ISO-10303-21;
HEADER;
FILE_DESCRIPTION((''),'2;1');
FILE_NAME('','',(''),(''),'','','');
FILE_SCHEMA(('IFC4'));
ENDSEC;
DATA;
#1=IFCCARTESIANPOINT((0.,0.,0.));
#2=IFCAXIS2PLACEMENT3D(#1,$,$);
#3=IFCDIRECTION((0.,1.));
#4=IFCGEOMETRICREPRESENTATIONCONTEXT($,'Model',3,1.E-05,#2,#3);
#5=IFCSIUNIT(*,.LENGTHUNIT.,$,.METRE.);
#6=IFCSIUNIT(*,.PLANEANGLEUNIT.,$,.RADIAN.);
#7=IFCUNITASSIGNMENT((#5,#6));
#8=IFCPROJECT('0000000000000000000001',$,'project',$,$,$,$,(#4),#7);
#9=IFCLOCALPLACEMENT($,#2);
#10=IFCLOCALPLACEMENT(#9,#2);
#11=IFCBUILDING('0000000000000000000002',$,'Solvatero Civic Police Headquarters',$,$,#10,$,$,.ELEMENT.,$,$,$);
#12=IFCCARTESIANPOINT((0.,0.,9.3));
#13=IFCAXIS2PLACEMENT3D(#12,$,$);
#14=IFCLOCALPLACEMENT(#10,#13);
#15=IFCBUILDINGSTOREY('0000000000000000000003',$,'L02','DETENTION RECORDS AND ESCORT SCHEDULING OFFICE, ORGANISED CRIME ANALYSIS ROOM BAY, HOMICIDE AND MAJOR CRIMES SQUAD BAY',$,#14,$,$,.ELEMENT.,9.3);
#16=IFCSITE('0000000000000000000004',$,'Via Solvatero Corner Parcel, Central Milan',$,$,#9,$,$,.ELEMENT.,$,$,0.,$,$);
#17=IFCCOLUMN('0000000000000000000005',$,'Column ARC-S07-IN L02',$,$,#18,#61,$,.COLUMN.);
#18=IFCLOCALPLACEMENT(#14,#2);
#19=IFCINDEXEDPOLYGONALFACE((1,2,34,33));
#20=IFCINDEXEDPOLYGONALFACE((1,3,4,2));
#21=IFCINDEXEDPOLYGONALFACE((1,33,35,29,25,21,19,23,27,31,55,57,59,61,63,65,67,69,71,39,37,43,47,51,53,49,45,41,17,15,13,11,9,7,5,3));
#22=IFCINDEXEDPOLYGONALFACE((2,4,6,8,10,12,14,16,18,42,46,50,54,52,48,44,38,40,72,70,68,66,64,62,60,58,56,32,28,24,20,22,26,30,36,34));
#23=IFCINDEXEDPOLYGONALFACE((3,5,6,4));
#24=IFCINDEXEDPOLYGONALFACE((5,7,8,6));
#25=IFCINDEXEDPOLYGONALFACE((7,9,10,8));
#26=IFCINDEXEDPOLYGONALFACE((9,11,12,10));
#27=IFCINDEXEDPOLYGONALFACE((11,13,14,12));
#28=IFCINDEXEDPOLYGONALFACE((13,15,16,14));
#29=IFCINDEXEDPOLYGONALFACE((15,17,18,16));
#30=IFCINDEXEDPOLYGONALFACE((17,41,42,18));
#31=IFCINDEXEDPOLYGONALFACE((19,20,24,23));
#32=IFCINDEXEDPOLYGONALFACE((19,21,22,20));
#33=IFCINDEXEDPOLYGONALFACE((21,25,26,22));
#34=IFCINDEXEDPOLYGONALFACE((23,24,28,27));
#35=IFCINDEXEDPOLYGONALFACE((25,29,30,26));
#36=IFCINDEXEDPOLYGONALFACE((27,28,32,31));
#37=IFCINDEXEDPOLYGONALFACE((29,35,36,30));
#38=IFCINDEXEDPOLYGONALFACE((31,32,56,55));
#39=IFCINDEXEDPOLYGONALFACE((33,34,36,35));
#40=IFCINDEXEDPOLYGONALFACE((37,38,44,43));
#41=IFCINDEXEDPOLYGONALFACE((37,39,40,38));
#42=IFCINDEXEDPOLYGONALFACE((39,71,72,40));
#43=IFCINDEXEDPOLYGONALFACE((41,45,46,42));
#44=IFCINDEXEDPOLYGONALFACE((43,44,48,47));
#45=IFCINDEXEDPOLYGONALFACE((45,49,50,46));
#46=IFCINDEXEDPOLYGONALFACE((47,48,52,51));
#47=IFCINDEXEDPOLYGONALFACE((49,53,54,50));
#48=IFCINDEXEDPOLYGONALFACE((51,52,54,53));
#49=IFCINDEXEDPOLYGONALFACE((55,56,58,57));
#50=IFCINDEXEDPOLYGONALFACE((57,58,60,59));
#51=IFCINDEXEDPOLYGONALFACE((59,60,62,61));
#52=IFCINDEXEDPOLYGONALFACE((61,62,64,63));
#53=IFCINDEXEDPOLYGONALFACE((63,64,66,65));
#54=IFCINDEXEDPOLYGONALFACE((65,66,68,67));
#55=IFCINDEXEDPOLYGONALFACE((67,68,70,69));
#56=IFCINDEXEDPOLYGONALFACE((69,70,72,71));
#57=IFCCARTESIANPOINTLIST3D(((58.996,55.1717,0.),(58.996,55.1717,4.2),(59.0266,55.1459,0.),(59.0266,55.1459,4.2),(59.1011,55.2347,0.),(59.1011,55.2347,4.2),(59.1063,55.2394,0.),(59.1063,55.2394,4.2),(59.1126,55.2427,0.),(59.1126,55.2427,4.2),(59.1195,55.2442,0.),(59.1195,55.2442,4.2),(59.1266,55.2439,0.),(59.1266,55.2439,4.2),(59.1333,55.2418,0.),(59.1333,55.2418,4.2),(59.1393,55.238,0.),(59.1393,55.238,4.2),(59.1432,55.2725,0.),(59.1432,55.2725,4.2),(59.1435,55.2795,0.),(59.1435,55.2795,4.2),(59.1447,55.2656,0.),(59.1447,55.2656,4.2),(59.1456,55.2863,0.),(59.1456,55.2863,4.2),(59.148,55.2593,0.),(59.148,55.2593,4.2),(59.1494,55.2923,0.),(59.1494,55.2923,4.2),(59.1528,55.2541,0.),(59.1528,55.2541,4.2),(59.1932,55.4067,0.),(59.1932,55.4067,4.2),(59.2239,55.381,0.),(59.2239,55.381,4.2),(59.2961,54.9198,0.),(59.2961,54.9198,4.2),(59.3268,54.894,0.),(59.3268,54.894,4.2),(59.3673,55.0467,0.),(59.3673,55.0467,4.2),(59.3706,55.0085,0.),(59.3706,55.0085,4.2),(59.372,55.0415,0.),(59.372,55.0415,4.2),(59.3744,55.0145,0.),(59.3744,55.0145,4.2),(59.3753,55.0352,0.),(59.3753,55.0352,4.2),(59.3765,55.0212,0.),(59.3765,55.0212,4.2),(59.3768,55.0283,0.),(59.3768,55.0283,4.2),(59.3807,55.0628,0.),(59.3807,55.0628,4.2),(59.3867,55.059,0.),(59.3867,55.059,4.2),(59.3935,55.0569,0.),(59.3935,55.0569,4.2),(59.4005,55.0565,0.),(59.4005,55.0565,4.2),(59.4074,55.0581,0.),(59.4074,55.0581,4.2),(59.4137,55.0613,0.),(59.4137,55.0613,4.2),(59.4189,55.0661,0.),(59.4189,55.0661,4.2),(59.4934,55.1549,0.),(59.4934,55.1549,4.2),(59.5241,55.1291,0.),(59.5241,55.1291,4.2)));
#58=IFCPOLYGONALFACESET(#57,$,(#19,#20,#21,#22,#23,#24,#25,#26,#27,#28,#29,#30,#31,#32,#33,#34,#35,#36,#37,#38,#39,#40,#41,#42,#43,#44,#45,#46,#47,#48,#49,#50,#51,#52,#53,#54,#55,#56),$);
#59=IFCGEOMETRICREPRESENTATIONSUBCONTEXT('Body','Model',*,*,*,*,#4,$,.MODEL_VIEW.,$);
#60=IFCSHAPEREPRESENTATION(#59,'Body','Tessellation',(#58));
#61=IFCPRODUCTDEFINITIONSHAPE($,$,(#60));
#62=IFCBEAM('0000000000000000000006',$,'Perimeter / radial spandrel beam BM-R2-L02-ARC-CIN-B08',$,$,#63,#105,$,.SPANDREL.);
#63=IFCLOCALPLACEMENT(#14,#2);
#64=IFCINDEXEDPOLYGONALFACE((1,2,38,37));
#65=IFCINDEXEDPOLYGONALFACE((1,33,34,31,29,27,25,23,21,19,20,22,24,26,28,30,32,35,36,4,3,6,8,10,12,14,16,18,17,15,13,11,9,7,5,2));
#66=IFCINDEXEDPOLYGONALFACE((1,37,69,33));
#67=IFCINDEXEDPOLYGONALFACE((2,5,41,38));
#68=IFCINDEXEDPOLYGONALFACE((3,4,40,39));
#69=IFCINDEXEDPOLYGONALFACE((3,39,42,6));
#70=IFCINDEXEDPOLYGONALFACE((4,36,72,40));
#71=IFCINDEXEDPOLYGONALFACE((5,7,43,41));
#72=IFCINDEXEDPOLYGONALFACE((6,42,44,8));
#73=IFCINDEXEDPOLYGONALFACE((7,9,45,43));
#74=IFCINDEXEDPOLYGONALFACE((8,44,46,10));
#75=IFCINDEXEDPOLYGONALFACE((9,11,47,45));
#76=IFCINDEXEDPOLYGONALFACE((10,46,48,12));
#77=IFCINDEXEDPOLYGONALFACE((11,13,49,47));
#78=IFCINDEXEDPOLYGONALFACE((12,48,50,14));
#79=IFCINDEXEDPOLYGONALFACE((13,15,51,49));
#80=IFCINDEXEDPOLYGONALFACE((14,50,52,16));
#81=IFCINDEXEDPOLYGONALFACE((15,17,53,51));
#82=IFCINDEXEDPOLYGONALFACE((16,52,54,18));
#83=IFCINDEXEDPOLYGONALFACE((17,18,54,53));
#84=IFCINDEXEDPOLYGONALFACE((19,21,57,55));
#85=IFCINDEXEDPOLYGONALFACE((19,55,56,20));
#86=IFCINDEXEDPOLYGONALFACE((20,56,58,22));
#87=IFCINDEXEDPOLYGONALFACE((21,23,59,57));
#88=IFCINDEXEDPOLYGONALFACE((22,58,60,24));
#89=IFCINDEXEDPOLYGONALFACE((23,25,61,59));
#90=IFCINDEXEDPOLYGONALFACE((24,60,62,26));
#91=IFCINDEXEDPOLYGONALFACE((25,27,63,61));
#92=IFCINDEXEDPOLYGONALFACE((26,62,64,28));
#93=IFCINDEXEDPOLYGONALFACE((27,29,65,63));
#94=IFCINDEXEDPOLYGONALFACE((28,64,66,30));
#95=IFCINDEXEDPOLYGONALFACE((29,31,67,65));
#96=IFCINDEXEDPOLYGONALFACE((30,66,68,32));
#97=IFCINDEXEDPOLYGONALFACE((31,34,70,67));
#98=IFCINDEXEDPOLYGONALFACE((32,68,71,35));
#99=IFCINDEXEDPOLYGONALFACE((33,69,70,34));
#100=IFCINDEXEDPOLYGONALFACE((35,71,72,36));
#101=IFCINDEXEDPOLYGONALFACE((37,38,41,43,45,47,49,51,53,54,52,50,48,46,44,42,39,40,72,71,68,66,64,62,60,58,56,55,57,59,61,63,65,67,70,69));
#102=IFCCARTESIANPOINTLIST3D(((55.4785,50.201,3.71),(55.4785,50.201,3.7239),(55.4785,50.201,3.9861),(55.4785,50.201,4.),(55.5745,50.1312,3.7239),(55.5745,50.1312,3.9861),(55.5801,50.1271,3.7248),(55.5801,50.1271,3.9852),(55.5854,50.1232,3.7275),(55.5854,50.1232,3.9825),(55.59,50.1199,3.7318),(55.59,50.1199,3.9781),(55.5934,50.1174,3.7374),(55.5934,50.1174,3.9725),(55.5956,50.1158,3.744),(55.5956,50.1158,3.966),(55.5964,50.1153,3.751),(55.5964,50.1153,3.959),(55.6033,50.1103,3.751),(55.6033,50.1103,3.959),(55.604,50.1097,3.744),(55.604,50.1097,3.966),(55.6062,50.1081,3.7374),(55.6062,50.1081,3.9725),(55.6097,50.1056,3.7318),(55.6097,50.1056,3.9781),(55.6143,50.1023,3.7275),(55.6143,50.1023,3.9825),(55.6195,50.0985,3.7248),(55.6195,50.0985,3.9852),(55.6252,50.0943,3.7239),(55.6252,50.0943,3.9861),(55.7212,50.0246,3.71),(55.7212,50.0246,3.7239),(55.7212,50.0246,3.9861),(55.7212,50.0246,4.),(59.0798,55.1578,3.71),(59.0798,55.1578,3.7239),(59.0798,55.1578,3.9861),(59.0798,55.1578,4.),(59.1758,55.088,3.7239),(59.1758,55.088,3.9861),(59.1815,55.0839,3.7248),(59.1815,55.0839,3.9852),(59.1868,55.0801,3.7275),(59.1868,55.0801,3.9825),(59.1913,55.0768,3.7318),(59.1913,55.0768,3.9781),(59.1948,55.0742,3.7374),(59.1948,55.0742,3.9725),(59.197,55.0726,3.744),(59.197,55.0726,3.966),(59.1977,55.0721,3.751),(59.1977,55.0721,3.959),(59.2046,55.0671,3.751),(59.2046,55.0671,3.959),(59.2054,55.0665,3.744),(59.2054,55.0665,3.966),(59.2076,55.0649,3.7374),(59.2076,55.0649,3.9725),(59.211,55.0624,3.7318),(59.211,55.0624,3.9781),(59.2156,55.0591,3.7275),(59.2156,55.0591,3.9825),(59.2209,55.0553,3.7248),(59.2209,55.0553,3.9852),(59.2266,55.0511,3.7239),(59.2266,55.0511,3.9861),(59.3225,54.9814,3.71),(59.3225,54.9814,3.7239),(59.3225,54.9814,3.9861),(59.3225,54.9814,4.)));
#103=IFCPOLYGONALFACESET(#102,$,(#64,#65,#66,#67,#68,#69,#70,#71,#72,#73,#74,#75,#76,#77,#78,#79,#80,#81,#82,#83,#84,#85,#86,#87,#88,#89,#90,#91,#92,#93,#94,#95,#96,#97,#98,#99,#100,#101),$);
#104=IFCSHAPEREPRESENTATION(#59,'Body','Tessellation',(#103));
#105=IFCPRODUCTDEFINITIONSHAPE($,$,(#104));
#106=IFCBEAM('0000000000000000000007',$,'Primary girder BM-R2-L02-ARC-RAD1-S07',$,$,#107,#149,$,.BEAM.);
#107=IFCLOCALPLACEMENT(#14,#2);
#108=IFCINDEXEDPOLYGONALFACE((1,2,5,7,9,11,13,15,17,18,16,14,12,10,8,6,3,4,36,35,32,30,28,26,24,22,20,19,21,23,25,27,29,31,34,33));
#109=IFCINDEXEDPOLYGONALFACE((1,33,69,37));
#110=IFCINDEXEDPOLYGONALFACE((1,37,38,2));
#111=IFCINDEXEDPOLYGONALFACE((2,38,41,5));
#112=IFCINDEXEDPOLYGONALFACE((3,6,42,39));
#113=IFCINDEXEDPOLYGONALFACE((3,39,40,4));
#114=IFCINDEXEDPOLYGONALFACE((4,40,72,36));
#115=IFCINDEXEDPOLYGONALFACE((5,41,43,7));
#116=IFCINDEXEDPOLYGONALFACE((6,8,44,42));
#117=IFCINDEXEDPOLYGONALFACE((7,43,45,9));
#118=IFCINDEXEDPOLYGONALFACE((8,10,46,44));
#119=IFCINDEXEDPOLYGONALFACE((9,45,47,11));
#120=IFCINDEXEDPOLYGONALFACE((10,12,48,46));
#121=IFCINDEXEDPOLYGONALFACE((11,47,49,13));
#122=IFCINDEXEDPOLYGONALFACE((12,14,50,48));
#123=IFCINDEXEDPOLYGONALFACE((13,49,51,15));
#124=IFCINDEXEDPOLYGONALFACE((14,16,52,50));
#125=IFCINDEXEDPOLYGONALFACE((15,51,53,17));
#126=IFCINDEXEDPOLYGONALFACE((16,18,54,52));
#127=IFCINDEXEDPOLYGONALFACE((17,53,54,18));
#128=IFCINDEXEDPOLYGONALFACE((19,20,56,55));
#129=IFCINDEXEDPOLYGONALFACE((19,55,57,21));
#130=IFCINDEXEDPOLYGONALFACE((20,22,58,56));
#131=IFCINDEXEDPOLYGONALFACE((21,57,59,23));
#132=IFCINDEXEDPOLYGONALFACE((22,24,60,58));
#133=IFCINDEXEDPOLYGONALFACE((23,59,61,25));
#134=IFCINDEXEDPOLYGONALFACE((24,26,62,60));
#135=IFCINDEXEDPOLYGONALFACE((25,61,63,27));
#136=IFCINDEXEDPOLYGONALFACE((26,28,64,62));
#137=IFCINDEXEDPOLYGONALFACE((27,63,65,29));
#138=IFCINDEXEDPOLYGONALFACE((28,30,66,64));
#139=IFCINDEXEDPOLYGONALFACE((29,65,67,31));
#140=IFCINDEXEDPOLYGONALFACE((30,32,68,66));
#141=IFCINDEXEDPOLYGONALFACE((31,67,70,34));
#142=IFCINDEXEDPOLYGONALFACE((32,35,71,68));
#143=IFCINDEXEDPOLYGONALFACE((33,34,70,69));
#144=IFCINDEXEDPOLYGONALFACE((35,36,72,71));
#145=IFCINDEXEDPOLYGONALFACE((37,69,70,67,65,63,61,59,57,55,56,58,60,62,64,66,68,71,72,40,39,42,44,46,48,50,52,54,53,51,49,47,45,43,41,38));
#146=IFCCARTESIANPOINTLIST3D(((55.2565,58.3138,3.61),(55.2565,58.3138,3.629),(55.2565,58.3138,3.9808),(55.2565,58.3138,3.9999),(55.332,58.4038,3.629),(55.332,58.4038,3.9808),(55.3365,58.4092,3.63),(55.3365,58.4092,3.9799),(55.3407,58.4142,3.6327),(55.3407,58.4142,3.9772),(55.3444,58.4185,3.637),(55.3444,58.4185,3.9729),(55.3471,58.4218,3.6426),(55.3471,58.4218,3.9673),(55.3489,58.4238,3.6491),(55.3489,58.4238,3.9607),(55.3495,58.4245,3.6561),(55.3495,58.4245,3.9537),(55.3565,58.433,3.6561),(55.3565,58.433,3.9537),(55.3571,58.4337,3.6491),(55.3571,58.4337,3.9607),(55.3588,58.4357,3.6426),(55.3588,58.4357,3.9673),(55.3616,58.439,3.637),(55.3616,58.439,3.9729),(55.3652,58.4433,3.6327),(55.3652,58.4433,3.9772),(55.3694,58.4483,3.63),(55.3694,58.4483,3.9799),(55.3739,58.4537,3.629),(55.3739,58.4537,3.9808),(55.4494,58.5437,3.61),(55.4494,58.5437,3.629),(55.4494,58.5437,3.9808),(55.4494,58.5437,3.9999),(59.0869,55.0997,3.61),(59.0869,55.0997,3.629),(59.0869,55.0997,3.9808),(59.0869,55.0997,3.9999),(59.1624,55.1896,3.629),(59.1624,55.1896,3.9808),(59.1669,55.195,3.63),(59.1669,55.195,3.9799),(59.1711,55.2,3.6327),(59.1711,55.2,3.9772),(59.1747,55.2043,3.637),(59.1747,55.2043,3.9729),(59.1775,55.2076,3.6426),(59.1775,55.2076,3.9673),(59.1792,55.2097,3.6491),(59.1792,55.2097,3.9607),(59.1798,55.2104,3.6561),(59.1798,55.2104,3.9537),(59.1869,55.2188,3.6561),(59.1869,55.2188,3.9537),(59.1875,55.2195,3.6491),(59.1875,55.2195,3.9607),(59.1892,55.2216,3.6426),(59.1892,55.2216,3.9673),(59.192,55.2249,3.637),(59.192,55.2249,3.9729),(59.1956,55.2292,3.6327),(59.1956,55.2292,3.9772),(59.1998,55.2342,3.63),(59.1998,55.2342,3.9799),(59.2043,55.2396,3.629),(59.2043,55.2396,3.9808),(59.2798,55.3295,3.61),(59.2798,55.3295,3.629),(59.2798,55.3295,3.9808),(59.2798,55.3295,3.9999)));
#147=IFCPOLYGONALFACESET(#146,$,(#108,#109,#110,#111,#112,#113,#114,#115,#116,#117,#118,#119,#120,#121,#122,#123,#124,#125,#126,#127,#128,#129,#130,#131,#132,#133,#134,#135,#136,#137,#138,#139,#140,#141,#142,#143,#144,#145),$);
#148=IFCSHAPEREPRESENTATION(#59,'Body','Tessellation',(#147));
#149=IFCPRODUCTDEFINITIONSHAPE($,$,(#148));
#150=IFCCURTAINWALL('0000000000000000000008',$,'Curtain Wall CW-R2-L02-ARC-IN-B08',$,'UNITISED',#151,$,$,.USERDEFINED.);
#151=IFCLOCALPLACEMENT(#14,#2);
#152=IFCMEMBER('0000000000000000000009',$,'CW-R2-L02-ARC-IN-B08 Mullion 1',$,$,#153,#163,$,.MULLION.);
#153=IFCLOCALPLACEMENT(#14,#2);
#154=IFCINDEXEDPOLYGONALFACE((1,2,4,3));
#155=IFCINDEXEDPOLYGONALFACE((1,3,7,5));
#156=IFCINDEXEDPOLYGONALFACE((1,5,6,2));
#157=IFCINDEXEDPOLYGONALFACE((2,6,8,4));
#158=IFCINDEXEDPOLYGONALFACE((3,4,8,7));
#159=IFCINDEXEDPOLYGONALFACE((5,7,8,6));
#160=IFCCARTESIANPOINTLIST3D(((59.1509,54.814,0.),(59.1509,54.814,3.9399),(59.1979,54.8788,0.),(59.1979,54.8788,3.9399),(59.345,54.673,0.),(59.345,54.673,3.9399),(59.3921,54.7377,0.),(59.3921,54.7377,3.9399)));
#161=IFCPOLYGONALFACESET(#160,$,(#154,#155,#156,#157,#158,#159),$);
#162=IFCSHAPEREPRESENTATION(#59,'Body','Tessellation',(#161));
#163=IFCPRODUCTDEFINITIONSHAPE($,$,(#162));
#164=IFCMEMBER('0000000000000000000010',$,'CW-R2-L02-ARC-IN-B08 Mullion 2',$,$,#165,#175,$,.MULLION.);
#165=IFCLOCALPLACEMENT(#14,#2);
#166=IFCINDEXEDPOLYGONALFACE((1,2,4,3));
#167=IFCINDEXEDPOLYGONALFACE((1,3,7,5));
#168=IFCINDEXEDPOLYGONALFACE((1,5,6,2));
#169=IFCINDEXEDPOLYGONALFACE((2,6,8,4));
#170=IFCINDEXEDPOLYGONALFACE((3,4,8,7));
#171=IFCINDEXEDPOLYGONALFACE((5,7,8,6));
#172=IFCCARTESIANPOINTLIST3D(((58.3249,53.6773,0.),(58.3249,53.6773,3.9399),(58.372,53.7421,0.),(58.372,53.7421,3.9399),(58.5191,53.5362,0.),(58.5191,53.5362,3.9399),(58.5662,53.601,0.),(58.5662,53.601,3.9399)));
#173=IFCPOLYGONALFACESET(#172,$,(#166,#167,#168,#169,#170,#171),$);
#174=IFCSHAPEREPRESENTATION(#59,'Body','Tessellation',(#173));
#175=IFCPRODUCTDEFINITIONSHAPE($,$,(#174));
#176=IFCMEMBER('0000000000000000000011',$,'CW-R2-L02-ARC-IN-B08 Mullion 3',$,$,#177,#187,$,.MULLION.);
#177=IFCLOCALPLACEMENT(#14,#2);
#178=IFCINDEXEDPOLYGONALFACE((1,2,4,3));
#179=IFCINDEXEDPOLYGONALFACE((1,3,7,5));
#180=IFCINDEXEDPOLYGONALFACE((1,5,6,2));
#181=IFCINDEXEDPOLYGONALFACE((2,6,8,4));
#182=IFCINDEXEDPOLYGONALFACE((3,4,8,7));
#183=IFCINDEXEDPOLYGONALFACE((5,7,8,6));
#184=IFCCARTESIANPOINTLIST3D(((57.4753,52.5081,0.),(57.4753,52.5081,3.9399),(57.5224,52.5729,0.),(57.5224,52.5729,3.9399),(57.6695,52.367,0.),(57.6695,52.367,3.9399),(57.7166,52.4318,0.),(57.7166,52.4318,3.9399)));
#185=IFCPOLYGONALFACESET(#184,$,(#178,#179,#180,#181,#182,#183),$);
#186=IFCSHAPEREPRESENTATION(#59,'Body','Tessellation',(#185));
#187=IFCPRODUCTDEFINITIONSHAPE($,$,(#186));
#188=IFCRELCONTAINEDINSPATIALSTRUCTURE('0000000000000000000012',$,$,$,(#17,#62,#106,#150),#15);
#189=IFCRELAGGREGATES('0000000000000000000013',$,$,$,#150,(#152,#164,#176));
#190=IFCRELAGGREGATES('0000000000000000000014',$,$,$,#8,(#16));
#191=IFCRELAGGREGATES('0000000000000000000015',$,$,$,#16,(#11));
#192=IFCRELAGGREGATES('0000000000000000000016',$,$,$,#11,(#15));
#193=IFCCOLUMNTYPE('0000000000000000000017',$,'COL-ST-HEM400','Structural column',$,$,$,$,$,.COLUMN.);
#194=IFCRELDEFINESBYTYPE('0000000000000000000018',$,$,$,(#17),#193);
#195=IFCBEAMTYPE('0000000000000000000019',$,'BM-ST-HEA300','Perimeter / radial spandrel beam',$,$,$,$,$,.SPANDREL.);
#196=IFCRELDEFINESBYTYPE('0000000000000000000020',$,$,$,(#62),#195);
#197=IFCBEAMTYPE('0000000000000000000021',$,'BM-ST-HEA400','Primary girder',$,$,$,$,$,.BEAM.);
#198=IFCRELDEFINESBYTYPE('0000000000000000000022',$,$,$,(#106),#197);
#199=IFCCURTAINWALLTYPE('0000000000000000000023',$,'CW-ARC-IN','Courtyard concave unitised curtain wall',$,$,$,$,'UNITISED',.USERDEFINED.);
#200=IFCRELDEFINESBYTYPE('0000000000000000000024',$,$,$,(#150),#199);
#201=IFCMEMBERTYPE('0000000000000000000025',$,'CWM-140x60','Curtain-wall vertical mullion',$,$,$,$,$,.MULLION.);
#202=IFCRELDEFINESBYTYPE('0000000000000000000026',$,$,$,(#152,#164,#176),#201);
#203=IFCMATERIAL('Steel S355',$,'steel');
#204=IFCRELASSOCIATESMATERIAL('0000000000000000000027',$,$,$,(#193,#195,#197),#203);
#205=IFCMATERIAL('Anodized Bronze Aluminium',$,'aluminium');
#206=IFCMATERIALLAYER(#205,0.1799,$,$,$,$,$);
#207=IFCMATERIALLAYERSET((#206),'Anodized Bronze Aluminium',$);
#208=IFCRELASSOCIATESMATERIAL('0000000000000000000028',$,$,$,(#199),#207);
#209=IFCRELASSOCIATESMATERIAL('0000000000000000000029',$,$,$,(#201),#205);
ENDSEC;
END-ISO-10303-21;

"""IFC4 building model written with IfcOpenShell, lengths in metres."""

from ifc_helpers import new_model, si_unit, direction, frame, origin, origin_2d, place, context, subcontext, project, spatial, rectangle, i_section, extrude, material, layer, layer_set, material_profile, profile_set, type_object, element, aggregate, save


model = new_model("IFC4")

# Units and contexts
model_context = context("Model", 3, precision=1e-05, world=origin(), true_north=direction((0.0, 1.0)))
body_context = subcontext(model_context, "Body", "Model", "MODEL_VIEW")
ifc_project = project(units=[si_unit("LENGTHUNIT", "METRE"), si_unit("PLANEANGLEUNIT", "RADIAN")], contexts=[model_context])

# Site, building, storey
site_placement = place(None, origin())
site = spatial("IfcSite", under=ifc_project, at=site_placement, Name="Via Solvatero Corner Parcel, Central Milan", CompositionType="ELEMENT", RefElevation=0.0)
building_placement = place(site_placement, origin())
building = spatial("IfcBuilding", under=site, at=building_placement, Name="Solvatero Civic Police Headquarters", CompositionType="ELEMENT")
storey_placement = place(building_placement, frame((0.0, 0.0, 9.3)))
storey = spatial("IfcBuildingStorey", under=building, at=storey_placement, Name="L02", Description="DETENTION RECORDS AND ESCORT SCHEDULING OFFICE, ORGANISED CRIME ANALYSIS ROOM BAY, HOMICIDE AND MAJOR CRIMES SQUAD BAY", CompositionType="ELEMENT", Elevation=9.3)

# Column
ifc_material_1 = material(Name="Steel S355", Category="steel")
ifc_material_profile_1 = material_profile(ifc_material_1, i_section(OverallWidth=0.3069, OverallDepth=0.4319, WebThickness=0.021, FlangeThickness=0.04, FilletRadius=0.0271, at=origin_2d()), Name="HEM 400")
ifc_profile_set_1 = profile_set([ifc_material_profile_1], Name="Steel S355")
column_type = type_object("IfcColumnType", Name="COL-ST-HEM400", Description="Structural column", PredefinedType="COLUMN", material=ifc_profile_set_1)
column_placement = place(storey_placement, frame((59.26, 55.1504, 0.0), z_axis=(0.0, 0.0, 1.0), x_axis=(0.642788, 0.766044, 0.0)))
element("IfcColumn", 1, at=column_placement, inside=storey, type_object=column_type, Name="Column ARC-S07-IN L02", PredefinedType="COLUMN", context=body_context, shape_type="SweptSolid", body=[
    extrude(i_section(OverallWidth=0.3069, OverallDepth=0.4319, WebThickness=0.021, FlangeThickness=0.04, FilletRadius=0.0271, at=origin_2d()), origin(), (0.0, 0.0, 1.0), 4.2),
])

# Beams
ifc_material_profile_2 = material_profile(ifc_material_1, i_section(OverallWidth=0.3, OverallDepth=0.29, WebThickness=0.0085, FlangeThickness=0.0139, FilletRadius=0.0271, at=origin_2d()), Name="HEA 300")
ifc_profile_set_2 = profile_set([ifc_material_profile_2], Name="Steel S355")
beam_type_1 = type_object("IfcBeamType", Name="BM-ST-HEA300", Description="Perimeter / radial spandrel beam", PredefinedType="SPANDREL", material=ifc_profile_set_2)
beam_1_placement = place(storey_placement, frame((59.2012, 55.0696, 3.855), z_axis=(-0.587785, -0.809017, 0.0), x_axis=(0.809017, -0.587785, 0.0)))
element("IfcBeam", 2, at=beam_1_placement, inside=storey, type_object=beam_type_1, Name="Perimeter / radial spandrel beam BM-R2-L02-ARC-CIN-B08", PredefinedType="SPANDREL", context=body_context, shape_type="SweptSolid", body=[
    extrude(i_section(OverallWidth=0.3, OverallDepth=0.29, WebThickness=0.0085, FlangeThickness=0.0139, FilletRadius=0.0271, at=origin_2d()), origin(), (0.0, 0.0, 1.0), 6.127),
])
ifc_material_profile_3 = material_profile(ifc_material_1, i_section(OverallWidth=0.3, OverallDepth=0.3899, WebThickness=0.011, FlangeThickness=0.019, FilletRadius=0.0271, at=origin_2d()), Name="HEA 400")
ifc_profile_set_3 = profile_set([ifc_material_profile_3], Name="Steel S355")
beam_type_2 = type_object("IfcBeamType", Name="BM-ST-HEA400", Description="Primary girder", PredefinedType="BEAM", material=ifc_profile_set_3)
beam_2_placement = place(storey_placement, frame((59.1833, 55.2146, 3.8049), z_axis=(-0.766036, 0.642798, 0.0), x_axis=(-0.642798, -0.766036, 0.0)))
element("IfcBeam", 3, at=beam_2_placement, inside=storey, type_object=beam_type_2, Name="Primary girder BM-R2-L02-ARC-RAD1-S07", PredefinedType="BEAM", context=body_context, shape_type="SweptSolid", body=[
    extrude(i_section(OverallWidth=0.3, OverallDepth=0.3899, WebThickness=0.011, FlangeThickness=0.019, FilletRadius=0.0271, at=origin_2d()), origin(), (0.0, 0.0, 1.0), 5.0002),
])

# Curtain wall, members
ifc_material_2 = material(Name="Anodized Bronze Aluminium", Category="aluminium")
ifc_layer_1 = layer(ifc_material_2, 0.1799)
ifc_layer_set_1 = layer_set([ifc_layer_1], Name="Anodized Bronze Aluminium")
curtain_wall_type = type_object("IfcCurtainWallType", Name="CW-ARC-IN", Description="Courtyard concave unitised curtain wall", ElementType="UNITISED", PredefinedType="USERDEFINED", material=ifc_layer_set_1)
curtain_wall_1_placement = place(storey_placement, origin())
curtain_wall_1 = element("IfcCurtainWall", 4, at=curtain_wall_1_placement, inside=storey, type_object=curtain_wall_type, Name="Curtain Wall CW-R2-L02-ARC-IN-B08", ObjectType="UNITISED", PredefinedType="USERDEFINED")
ifc_material_profile_4 = material_profile(ifc_material_2, rectangle(XDim=0.0801, YDim=0.24, at=origin_2d()), Name="ALU MULLION 80x240")
ifc_profile_set_4 = profile_set([ifc_material_profile_4], Name="Anodized Bronze Aluminium")
member_type_1 = type_object("IfcMemberType", Name="CWM-140x60", Description="Curtain-wall vertical mullion", PredefinedType="MULLION", material=ifc_profile_set_4)
member_1_placement = place(storey_placement, frame((59.2715, 54.7759, 0.0), z_axis=(0.0, 0.0, 1.0), x_axis=(-0.587785, -0.809017, 0.0)))
member_1 = element("IfcMember", 5, at=member_1_placement, type_object=member_type_1, Name="CW-R2-L02-ARC-IN-B08 Mullion 1", PredefinedType="MULLION", context=body_context, shape_type="SweptSolid", body=[
    extrude(rectangle(XDim=0.0801, YDim=0.24, at=origin_2d()), origin(), (0.0, 0.0, 1.0), 3.9399),
])
member_2_placement = place(storey_placement, frame((58.4456, 53.6392, 0.0), z_axis=(0.0, 0.0, 1.0), x_axis=(-0.587785, -0.809017, 0.0)))
member_2 = element("IfcMember", 6, at=member_2_placement, type_object=member_type_1, Name="CW-R2-L02-ARC-IN-B08 Mullion 2", PredefinedType="MULLION", context=body_context, shape_type="SweptSolid", body=[
    extrude(rectangle(XDim=0.0801, YDim=0.24, at=origin_2d()), origin(), (0.0, 0.0, 1.0), 3.9399),
])
member_3_placement = place(storey_placement, frame((57.5959, 52.47, 0.0), z_axis=(0.0, 0.0, 1.0), x_axis=(-0.587785, -0.809017, 0.0)))
member_3 = element("IfcMember", 7, at=member_3_placement, type_object=member_type_1, Name="CW-R2-L02-ARC-IN-B08 Mullion 3", PredefinedType="MULLION", context=body_context, shape_type="SweptSolid", body=[
    extrude(rectangle(XDim=0.0801, YDim=0.24, at=origin_2d()), origin(), (0.0, 0.0, 1.0), 3.9399),
])

aggregate(curtain_wall_1, [member_1, member_2, member_3])

save(model, "model.ifc")
